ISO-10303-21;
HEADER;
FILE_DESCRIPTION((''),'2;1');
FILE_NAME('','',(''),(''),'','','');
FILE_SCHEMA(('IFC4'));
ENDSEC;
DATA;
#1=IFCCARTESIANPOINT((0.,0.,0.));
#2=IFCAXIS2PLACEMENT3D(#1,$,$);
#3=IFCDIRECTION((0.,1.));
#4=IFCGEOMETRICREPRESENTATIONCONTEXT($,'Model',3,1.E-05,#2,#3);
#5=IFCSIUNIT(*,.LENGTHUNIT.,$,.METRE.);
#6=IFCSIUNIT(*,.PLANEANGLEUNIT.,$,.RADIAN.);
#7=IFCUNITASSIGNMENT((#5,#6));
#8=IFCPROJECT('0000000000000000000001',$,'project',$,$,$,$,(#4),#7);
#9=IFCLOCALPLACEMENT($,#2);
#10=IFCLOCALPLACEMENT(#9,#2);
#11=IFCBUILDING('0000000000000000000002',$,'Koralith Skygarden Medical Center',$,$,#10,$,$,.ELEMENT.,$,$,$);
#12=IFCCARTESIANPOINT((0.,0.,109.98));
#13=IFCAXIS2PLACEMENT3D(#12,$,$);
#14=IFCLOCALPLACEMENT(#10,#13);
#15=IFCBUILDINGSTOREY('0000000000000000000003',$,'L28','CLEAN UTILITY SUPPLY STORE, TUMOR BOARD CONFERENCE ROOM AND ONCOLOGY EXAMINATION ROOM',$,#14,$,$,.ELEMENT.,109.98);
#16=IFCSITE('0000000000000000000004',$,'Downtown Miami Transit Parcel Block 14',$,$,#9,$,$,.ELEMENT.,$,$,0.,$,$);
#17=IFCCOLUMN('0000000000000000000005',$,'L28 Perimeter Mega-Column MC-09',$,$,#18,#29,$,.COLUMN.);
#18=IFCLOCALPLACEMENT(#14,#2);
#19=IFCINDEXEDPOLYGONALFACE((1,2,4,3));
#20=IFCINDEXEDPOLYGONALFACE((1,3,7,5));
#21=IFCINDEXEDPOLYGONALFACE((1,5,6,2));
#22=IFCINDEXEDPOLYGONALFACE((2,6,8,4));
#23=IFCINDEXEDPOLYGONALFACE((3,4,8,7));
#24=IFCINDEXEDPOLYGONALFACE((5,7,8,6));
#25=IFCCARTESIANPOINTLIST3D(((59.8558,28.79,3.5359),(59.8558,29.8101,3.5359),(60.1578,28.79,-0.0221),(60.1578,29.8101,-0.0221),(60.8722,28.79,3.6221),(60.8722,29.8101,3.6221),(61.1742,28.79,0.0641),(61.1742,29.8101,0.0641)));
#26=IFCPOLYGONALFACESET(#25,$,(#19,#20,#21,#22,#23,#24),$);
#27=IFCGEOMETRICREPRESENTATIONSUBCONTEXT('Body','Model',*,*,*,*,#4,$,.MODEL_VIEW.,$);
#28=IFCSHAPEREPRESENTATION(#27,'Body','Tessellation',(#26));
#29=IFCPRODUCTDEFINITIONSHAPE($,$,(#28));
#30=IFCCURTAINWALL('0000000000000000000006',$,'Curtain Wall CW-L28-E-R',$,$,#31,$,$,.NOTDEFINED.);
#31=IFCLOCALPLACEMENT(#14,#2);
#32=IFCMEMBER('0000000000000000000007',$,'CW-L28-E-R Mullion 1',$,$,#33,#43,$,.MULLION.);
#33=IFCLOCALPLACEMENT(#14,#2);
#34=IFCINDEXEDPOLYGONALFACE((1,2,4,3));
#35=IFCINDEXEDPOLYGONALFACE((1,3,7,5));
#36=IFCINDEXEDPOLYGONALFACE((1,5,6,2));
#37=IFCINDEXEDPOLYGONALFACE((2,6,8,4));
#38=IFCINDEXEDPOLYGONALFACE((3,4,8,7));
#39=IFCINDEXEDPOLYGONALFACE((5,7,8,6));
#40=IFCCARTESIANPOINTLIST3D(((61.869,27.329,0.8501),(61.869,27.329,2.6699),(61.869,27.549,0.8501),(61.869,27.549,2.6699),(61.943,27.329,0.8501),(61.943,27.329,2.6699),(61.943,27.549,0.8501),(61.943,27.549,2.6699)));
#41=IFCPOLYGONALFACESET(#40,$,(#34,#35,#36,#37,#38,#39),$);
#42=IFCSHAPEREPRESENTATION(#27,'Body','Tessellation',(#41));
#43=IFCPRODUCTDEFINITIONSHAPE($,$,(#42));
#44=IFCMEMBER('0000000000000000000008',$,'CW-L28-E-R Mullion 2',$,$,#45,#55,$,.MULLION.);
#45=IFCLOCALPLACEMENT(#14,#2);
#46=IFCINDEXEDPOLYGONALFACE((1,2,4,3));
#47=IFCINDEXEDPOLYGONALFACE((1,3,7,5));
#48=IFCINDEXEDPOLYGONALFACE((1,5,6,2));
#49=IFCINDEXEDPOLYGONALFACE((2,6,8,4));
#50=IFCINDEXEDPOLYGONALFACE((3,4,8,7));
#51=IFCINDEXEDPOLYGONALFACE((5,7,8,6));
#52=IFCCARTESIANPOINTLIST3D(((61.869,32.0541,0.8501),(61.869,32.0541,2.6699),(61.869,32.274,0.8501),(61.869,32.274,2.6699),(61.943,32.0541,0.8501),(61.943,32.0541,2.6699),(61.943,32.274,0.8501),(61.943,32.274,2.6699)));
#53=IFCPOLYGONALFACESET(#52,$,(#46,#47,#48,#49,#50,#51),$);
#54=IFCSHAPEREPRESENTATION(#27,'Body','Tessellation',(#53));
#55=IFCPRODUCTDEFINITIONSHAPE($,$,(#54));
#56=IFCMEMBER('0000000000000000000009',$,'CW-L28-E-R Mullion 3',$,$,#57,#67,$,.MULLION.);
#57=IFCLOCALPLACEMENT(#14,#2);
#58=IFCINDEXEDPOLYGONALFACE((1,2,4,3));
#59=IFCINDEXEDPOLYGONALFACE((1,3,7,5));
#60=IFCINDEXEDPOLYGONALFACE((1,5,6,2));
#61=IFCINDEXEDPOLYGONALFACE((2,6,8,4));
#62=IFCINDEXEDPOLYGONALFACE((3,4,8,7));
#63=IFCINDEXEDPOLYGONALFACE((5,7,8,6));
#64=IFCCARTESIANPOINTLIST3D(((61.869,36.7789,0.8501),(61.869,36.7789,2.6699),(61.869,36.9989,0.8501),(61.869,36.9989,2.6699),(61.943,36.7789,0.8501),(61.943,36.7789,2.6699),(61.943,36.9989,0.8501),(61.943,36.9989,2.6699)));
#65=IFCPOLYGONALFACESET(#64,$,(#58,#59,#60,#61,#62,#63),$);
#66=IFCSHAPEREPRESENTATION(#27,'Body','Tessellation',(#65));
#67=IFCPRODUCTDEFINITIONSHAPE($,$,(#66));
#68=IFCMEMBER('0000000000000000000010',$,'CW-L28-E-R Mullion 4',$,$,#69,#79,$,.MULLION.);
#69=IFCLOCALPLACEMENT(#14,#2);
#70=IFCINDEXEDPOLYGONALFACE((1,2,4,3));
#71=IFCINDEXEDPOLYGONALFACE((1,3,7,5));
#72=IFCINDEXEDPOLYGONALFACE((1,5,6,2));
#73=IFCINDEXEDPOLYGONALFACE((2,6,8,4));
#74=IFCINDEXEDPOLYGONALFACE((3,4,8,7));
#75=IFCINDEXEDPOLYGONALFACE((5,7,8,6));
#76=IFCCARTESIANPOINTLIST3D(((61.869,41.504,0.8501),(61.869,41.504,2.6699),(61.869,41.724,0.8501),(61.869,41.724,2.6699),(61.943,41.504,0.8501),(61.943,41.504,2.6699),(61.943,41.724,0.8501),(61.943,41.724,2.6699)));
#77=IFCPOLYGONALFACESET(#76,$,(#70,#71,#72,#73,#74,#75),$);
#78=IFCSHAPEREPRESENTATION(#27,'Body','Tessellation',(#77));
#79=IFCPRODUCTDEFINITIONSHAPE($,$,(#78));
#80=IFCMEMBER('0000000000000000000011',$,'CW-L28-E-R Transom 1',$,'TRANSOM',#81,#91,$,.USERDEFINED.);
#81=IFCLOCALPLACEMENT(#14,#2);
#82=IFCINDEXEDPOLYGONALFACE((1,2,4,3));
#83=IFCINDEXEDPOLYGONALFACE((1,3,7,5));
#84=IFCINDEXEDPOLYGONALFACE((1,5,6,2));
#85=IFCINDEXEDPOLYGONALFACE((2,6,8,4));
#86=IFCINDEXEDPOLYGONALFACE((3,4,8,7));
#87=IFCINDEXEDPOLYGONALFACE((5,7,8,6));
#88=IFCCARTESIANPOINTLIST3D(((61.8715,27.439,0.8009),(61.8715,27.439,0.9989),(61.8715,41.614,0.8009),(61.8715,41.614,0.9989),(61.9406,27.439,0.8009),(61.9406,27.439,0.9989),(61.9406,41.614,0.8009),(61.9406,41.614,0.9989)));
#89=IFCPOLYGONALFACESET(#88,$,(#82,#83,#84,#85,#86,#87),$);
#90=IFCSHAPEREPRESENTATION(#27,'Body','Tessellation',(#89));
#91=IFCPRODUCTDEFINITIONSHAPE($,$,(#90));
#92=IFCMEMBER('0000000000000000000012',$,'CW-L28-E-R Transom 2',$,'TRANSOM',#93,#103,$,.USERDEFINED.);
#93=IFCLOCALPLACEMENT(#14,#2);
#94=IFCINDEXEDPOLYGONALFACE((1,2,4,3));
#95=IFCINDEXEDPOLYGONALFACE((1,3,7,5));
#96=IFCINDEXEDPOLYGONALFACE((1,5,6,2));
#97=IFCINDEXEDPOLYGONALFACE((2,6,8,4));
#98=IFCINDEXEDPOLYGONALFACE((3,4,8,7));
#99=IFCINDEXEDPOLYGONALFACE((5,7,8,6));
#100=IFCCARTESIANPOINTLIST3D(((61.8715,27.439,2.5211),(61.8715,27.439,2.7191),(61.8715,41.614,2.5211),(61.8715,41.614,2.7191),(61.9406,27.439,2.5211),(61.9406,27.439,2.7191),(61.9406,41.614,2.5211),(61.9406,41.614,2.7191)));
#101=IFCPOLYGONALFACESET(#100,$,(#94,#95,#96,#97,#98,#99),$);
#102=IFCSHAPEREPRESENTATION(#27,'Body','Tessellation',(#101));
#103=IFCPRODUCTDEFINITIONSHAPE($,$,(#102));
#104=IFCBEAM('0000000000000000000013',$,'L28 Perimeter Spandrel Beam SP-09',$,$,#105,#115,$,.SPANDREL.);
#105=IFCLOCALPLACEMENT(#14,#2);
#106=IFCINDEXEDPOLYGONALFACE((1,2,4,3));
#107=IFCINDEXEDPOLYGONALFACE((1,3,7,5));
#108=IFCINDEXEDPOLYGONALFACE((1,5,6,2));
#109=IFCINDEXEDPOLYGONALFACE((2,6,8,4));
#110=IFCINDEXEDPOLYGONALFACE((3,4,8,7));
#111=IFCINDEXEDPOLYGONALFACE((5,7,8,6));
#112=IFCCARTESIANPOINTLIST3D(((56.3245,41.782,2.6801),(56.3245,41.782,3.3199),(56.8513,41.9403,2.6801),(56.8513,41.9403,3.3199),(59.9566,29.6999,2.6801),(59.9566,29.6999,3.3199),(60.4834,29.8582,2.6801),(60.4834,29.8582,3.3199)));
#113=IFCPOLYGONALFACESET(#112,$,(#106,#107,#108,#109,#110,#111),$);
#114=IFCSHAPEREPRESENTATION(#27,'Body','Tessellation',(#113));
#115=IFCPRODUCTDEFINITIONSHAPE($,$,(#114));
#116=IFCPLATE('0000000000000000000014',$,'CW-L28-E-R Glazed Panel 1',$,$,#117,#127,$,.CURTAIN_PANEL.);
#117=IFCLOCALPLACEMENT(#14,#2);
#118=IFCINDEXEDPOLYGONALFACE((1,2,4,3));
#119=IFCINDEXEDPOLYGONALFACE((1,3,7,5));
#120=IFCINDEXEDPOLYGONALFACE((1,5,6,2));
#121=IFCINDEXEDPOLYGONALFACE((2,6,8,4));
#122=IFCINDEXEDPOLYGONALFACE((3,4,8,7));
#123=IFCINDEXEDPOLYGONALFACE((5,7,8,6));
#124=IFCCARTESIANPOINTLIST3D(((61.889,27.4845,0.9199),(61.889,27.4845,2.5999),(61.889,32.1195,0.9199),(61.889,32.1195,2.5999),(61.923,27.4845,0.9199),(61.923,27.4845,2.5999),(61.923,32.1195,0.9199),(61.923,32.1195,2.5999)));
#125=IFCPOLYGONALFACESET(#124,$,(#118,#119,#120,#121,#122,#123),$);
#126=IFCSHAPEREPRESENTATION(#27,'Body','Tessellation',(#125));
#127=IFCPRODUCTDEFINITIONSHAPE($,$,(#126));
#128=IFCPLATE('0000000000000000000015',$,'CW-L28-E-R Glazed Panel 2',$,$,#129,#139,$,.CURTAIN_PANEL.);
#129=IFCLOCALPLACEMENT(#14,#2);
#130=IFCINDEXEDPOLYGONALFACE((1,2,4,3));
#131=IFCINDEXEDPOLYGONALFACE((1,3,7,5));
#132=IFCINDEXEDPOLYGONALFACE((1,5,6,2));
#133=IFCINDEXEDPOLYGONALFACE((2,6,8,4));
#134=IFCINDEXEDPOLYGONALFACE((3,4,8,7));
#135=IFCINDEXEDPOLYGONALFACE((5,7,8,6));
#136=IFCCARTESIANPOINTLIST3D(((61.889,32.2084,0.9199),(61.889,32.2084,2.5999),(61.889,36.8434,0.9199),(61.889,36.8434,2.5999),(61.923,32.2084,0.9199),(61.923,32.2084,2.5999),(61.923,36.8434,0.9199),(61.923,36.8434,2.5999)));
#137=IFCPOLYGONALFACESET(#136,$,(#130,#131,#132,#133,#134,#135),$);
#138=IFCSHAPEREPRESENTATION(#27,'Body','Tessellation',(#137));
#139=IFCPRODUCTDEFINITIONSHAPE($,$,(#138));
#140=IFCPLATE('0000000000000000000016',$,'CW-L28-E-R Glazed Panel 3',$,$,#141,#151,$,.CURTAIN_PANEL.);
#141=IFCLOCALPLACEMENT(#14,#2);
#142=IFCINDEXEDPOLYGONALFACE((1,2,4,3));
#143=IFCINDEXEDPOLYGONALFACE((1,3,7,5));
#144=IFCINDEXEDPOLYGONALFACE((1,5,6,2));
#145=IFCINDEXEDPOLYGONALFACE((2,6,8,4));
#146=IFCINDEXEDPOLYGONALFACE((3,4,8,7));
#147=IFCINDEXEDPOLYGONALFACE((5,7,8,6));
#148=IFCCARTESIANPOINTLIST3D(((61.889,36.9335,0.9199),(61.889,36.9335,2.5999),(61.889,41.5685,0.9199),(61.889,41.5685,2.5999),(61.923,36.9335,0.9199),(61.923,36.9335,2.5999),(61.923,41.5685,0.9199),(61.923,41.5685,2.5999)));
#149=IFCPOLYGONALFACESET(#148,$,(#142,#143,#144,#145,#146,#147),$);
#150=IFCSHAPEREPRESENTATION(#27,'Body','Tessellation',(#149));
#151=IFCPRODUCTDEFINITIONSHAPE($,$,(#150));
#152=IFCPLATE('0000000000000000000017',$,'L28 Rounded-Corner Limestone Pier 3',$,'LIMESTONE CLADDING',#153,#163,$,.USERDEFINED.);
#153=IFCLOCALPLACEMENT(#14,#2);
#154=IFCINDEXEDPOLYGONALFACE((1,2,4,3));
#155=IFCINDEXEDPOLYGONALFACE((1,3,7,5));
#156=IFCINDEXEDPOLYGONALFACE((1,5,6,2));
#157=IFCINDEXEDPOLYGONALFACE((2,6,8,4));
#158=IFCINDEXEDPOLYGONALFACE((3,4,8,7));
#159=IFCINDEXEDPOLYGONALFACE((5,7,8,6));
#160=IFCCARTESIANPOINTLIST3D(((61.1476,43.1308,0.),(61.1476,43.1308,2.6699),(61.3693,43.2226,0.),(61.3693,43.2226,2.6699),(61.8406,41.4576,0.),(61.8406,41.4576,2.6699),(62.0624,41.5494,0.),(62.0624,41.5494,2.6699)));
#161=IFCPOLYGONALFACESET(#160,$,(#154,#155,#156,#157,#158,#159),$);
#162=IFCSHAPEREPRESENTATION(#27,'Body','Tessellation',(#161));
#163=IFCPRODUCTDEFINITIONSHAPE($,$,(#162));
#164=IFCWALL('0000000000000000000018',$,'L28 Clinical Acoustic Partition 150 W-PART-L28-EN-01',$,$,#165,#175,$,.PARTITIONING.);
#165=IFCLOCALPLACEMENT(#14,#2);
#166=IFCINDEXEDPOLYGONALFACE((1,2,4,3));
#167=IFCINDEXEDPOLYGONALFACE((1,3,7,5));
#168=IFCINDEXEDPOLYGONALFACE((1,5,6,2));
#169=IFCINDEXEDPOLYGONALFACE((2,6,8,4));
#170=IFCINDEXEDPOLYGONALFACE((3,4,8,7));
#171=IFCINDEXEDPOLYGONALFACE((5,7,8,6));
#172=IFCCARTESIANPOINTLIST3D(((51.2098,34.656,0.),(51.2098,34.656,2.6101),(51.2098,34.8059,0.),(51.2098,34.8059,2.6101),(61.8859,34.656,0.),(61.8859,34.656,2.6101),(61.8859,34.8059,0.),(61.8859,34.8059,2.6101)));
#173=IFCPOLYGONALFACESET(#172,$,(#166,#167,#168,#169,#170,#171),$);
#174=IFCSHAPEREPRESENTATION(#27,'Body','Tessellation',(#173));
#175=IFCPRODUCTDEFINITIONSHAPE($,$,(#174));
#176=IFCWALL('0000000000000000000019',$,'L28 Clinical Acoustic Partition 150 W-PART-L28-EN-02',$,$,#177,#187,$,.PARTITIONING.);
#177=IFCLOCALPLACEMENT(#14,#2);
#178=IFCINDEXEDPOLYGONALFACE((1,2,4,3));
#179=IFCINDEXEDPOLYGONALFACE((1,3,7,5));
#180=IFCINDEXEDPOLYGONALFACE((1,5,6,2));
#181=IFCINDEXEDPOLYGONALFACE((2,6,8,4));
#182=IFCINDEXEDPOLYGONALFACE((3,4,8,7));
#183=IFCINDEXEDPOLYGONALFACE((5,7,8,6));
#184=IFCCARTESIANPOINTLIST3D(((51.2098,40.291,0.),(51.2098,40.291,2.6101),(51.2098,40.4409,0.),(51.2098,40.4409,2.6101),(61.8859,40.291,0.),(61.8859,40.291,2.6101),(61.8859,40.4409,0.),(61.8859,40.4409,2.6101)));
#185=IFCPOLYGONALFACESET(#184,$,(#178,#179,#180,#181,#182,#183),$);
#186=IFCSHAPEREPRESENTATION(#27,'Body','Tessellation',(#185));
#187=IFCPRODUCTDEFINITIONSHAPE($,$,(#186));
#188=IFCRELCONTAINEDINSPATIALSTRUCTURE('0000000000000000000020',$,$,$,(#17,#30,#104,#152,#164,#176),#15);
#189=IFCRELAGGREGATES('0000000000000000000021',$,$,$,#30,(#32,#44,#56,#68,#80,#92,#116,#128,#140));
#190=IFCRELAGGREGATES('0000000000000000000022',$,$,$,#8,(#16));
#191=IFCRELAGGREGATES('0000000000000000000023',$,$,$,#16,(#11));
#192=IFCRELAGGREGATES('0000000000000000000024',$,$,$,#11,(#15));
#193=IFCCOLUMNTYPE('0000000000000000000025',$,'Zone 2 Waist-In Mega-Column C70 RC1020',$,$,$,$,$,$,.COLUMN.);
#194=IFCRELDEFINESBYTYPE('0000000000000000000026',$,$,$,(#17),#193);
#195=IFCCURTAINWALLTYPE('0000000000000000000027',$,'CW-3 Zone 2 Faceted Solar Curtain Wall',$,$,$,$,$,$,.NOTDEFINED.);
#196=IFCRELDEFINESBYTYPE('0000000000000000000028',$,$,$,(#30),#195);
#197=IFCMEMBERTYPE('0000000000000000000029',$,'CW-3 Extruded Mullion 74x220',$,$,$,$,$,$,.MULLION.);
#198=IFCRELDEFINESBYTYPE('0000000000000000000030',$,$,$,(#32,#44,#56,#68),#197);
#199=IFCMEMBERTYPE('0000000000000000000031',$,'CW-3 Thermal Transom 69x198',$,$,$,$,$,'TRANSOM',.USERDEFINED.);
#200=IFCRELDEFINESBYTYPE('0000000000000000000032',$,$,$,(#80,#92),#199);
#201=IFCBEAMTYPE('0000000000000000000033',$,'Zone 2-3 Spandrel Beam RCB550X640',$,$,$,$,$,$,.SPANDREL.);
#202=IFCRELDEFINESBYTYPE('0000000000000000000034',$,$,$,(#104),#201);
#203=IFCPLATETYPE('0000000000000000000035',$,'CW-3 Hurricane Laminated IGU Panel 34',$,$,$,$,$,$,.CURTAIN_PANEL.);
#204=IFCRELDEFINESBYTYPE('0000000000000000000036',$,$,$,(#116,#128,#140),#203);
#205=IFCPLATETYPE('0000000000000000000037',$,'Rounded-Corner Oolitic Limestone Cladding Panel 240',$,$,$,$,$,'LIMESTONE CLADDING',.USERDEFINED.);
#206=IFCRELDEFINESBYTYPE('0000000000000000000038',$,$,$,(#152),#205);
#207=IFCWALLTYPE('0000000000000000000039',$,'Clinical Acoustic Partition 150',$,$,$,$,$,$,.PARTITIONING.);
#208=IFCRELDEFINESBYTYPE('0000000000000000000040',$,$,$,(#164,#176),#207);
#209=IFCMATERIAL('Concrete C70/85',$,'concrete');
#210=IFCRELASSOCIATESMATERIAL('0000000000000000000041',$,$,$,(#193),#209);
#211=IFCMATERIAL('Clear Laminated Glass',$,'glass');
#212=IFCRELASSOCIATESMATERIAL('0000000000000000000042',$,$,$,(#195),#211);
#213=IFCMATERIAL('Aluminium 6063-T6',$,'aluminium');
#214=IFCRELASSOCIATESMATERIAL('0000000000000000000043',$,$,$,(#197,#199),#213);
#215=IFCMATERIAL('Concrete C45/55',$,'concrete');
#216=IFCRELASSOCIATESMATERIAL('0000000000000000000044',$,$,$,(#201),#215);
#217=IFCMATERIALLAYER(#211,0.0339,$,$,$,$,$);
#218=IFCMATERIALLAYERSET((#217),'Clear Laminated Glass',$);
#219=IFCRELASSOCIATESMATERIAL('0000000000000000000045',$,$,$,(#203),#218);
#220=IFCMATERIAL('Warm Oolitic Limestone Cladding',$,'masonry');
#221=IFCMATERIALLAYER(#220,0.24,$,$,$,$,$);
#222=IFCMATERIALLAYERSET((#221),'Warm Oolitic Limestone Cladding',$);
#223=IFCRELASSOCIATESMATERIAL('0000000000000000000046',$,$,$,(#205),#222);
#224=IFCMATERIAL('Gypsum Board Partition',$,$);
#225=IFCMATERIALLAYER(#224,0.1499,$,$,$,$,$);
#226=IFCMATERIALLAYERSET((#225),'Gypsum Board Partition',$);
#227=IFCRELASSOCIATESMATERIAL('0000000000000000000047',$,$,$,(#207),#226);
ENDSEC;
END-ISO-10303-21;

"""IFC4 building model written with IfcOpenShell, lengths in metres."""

from ifc_helpers import new_model, si_unit, direction, frame, frame_2d, origin, origin_2d, place, context, subcontext, project, spatial, rectangle, extrude, material, layer, layer_set, material_profile, profile_set, type_object, element, aggregate, save


model = new_model("IFC4")

# Units and contexts
model_context = context("Model", 3, precision=1e-05, world=origin(), true_north=direction((0.0, 1.0)))
body_context = subcontext(model_context, "Body", "Model", "MODEL_VIEW")
ifc_project = project(units=[si_unit("LENGTHUNIT", "METRE"), si_unit("PLANEANGLEUNIT", "RADIAN")], contexts=[model_context])

# Site, building, storey
site_placement = place(None, origin())
site = spatial("IfcSite", under=ifc_project, at=site_placement, Name="Downtown Miami Transit Parcel Block 14", CompositionType="ELEMENT", RefElevation=0.0)
building_placement = place(site_placement, origin())
building = spatial("IfcBuilding", under=site, at=building_placement, Name="Koralith Skygarden Medical Center", CompositionType="ELEMENT")
storey_placement = place(building_placement, frame((0.0, 0.0, 109.98)))
storey = spatial("IfcBuildingStorey", under=building, at=storey_placement, Name="L28", Description="CLEAN UTILITY SUPPLY STORE, TUMOR BOARD CONFERENCE ROOM AND ONCOLOGY EXAMINATION ROOM", CompositionType="ELEMENT", Elevation=109.98)

# Column
ifc_material_1 = material(Name="Concrete C70/85", Category="concrete")
ifc_material_profile_1 = material_profile(ifc_material_1, rectangle(XDim=1.02, YDim=1.02, at=origin_2d()), Name="RC1020X1020")
ifc_profile_set_1 = profile_set([ifc_material_profile_1], Name="Concrete C70/85")
column_type = type_object("IfcColumnType", Name="Zone 2 Waist-In Mega-Column C70 RC1020", PredefinedType="COLUMN", material=ifc_profile_set_1)
column_placement = place(storey_placement, frame((60.666, 29.3, 0.021), z_axis=(-0.084573, 0.0, 0.996417), x_axis=(0.0, -1.0, 0.0)))
element("IfcColumn", 1, at=column_placement, inside=storey, type_object=column_type, Name="L28 Perimeter Mega-Column MC-09", PredefinedType="COLUMN", context=body_context, shape_type="SweptSolid", body=[
    extrude(rectangle(XDim=1.02, YDim=1.02, at=origin_2d()), origin(), (0.0, 0.0, 1.0), 3.5708),
])

# Curtain wall, members
ifc_material_2 = material(Name="Clear Laminated Glass", Category="glass")
curtain_wall_type = type_object("IfcCurtainWallType", Name="CW-3 Zone 2 Faceted Solar Curtain Wall", PredefinedType="NOTDEFINED", material=ifc_material_2)
curtain_wall_placement = place(storey_placement, origin())
curtain_wall = element("IfcCurtainWall", 2, at=curtain_wall_placement, inside=storey, type_object=curtain_wall_type, Name="Curtain Wall CW-L28-E-R", PredefinedType="NOTDEFINED")
ifc_material_3 = material(Name="Aluminium 6063-T6", Category="aluminium")
ifc_material_profile_2 = material_profile(ifc_material_3, rectangle(XDim=0.074, YDim=0.22, at=origin_2d()), Name="MUL74X220")
ifc_profile_set_2 = profile_set([ifc_material_profile_2], Name="Aluminium 6063-T6")
member_type_1 = type_object("IfcMemberType", Name="CW-3 Extruded Mullion 74x220", PredefinedType="MULLION", material=ifc_profile_set_2)
member_1_placement = place(storey_placement, frame((61.906, 27.439, 0.8501), z_axis=(0.0, 0.0, 1.0), x_axis=(1.0, 0.0, 0.0)))
member_1 = element("IfcMember", 3, at=member_1_placement, type_object=member_type_1, Name="CW-L28-E-R Mullion 1", PredefinedType="MULLION", context=body_context, shape_type="SweptSolid", body=[
    extrude(rectangle(XDim=0.074, YDim=0.22, at=origin_2d()), origin(), (0.0, 0.0, 1.0), 1.8198),
])
member_2_placement = place(storey_placement, frame((61.906, 32.1641, 0.8501), z_axis=(0.0, 0.0, 1.0), x_axis=(1.0, 0.0, 0.0)))
member_2 = element("IfcMember", 4, at=member_2_placement, type_object=member_type_1, Name="CW-L28-E-R Mullion 2", PredefinedType="MULLION", context=body_context, shape_type="SweptSolid", body=[
    extrude(rectangle(XDim=0.074, YDim=0.22, at=origin_2d()), origin(), (0.0, 0.0, 1.0), 1.8198),
])
member_3_placement = place(storey_placement, frame((61.906, 36.8889, 0.8501), z_axis=(0.0, 0.0, 1.0), x_axis=(1.0, 0.0, 0.0)))
member_3 = element("IfcMember", 5, at=member_3_placement, type_object=member_type_1, Name="CW-L28-E-R Mullion 3", PredefinedType="MULLION", context=body_context, shape_type="SweptSolid", body=[
    extrude(rectangle(XDim=0.074, YDim=0.22, at=origin_2d()), origin(), (0.0, 0.0, 1.0), 1.8198),
])
member_4_placement = place(storey_placement, frame((61.906, 41.614, 0.8501), z_axis=(0.0, 0.0, 1.0), x_axis=(1.0, 0.0, 0.0)))
member_4 = element("IfcMember", 6, at=member_4_placement, type_object=member_type_1, Name="CW-L28-E-R Mullion 4", PredefinedType="MULLION", context=body_context, shape_type="SweptSolid", body=[
    extrude(rectangle(XDim=0.074, YDim=0.22, at=origin_2d()), origin(), (0.0, 0.0, 1.0), 1.8198),
])
ifc_material_profile_3 = material_profile(ifc_material_3, rectangle(XDim=0.0691, YDim=0.198, at=origin_2d()), Name="TRN69X198")
ifc_profile_set_3 = profile_set([ifc_material_profile_3], Name="Aluminium 6063-T6")
member_type_2 = type_object("IfcMemberType", Name="CW-3 Thermal Transom 69x198", ElementType="TRANSOM", PredefinedType="USERDEFINED", material=ifc_profile_set_3)
member_5_placement = place(storey_placement, frame((61.906, 27.439, 0.8999), z_axis=(0.0, 1.0, 0.0), x_axis=(-1.0, 0.0, 0.0)))
member_5 = element("IfcMember", 7, at=member_5_placement, type_object=member_type_2, Name="CW-L28-E-R Transom 1", ObjectType="TRANSOM", PredefinedType="USERDEFINED", context=body_context, shape_type="SweptSolid", body=[
    extrude(rectangle(XDim=0.0691, YDim=0.198, at=origin_2d()), origin(), (0.0, 0.0, 1.0), 14.175),
])
member_6_placement = place(storey_placement, frame((61.906, 27.439, 2.6201), z_axis=(0.0, 1.0, 0.0), x_axis=(-1.0, 0.0, 0.0)))
member_6 = element("IfcMember", 8, at=member_6_placement, type_object=member_type_2, Name="CW-L28-E-R Transom 2", ObjectType="TRANSOM", PredefinedType="USERDEFINED", context=body_context, shape_type="SweptSolid", body=[
    extrude(rectangle(XDim=0.0691, YDim=0.198, at=origin_2d()), origin(), (0.0, 0.0, 1.0), 14.175),
])

# Beam
ifc_material_4 = material(Name="Concrete C45/55", Category="concrete")
ifc_material_profile_4 = material_profile(ifc_material_4, rectangle(XDim=0.55, YDim=0.6399, at=origin_2d()), Name="RCB550X640")
ifc_profile_set_4 = profile_set([ifc_material_profile_4], Name="Concrete C45/55")
beam_type = type_object("IfcBeamType", Name="Zone 2-3 Spandrel Beam RCB550X640", PredefinedType="SPANDREL", material=ifc_profile_set_4)
beam_placement = place(storey_placement, frame((60.22, 29.7791, 3.0), z_axis=(-0.287891, 0.957663, 0.0), x_axis=(-0.957663, -0.287891, 0.0)))
element("IfcBeam", 9, at=beam_placement, inside=storey, type_object=beam_type, Name="L28 Perimeter Spandrel Beam SP-09", PredefinedType="SPANDREL", context=body_context, shape_type="SweptSolid", body=[
    extrude(rectangle(XDim=0.55, YDim=0.6399, at=origin_2d()), origin(), (0.0, 0.0, 1.0), 12.6162),
])

# Plates
ifc_layer_1 = layer(ifc_material_2, 0.0339)
ifc_layer_set_1 = layer_set([ifc_layer_1], Name="Clear Laminated Glass")
plate_type_1 = type_object("IfcPlateType", Name="CW-3 Hurricane Laminated IGU Panel 34", PredefinedType="CURTAIN_PANEL", material=ifc_layer_set_1)
plate_1_placement = place(storey_placement, frame((61.906, 29.802, 0.9199), z_axis=(0.0, 0.0, 1.0), x_axis=(0.0, 1.0, 0.0)))
plate_1 = element("IfcPlate", 10, at=plate_1_placement, type_object=plate_type_1, Name="CW-L28-E-R Glazed Panel 1", PredefinedType="CURTAIN_PANEL", context=body_context, shape_type="SweptSolid", body=[
    extrude(rectangle(XDim=4.635, YDim=0.0339, at=origin_2d()), origin(), (0.0, 0.0, 1.0), 1.6799),
])
plate_2_placement = place(storey_placement, frame((61.906, 34.5259, 0.9199), z_axis=(0.0, 0.0, 1.0), x_axis=(0.0, 1.0, 0.0)))
plate_2 = element("IfcPlate", 11, at=plate_2_placement, type_object=plate_type_1, Name="CW-L28-E-R Glazed Panel 2", PredefinedType="CURTAIN_PANEL", context=body_context, shape_type="SweptSolid", body=[
    extrude(rectangle(XDim=4.635, YDim=0.0339, at=origin_2d()), origin(), (0.0, 0.0, 1.0), 1.6799),
])
plate_3_placement = place(storey_placement, frame((61.906, 39.251, 0.9199), z_axis=(0.0, 0.0, 1.0), x_axis=(0.0, 1.0, 0.0)))
plate_3 = element("IfcPlate", 12, at=plate_3_placement, type_object=plate_type_1, Name="CW-L28-E-R Glazed Panel 3", PredefinedType="CURTAIN_PANEL", context=body_context, shape_type="SweptSolid", body=[
    extrude(rectangle(XDim=4.635, YDim=0.0339, at=origin_2d()), origin(), (0.0, 0.0, 1.0), 1.6799),
])
aggregate(curtain_wall, [member_1, member_2, member_3, member_4, member_5, member_6, plate_1, plate_2, plate_3])
ifc_material_5 = material(Name="Warm Oolitic Limestone Cladding", Category="masonry")
ifc_layer_2 = layer(ifc_material_5, 0.24)
ifc_layer_set_2 = layer_set([ifc_layer_2], Name="Warm Oolitic Limestone Cladding")
plate_type_2 = type_object("IfcPlateType", Name="Rounded-Corner Oolitic Limestone Cladding Panel 240", ElementType="LIMESTONE CLADDING", PredefinedType="USERDEFINED", material=ifc_layer_set_2)
plate_4_placement = place(storey_placement, frame((61.605, 42.3401, 0.0), z_axis=(0.0, 0.0, 1.0), x_axis=(-0.382671, 0.923885, 0.0)))
element("IfcPlate", 13, at=plate_4_placement, inside=storey, type_object=plate_type_2, Name="L28 Rounded-Corner Limestone Pier 3", ObjectType="LIMESTONE CLADDING", PredefinedType="USERDEFINED", context=body_context, shape_type="SweptSolid", body=[
    extrude(rectangle(XDim=1.811, YDim=0.24, at=origin_2d()), origin(), (0.0, 0.0, 1.0), 2.6699),
])

# Walls
ifc_material_6 = material(Name="Gypsum Board Partition")
ifc_layer_3 = layer(ifc_material_6, 0.1499)
ifc_layer_set_3 = layer_set([ifc_layer_3], Name="Gypsum Board Partition")
wall_type_1 = type_object("IfcWallType", Name="Clinical Acoustic Partition 150", PredefinedType="PARTITIONING", material=ifc_layer_set_3)
for number, where, z_axis, x_axis, name in (
    (14, (51.21, 34.731, 0.0), (0.0, 0.0, 1.0), (1.0, 0.0, 0.0), "L28 Clinical Acoustic Partition 150 W-PART-L28-EN-01"),
    (15, (51.21, 40.366, 0.0), (0.0, 0.0, 1.0), (1.0, 0.0, 0.0), "L28 Clinical Acoustic Partition 150 W-PART-L28-EN-02"),
):
    element("IfcWall", number, at=place(storey_placement, frame(where, z_axis=z_axis, x_axis=x_axis)), inside=storey, type_object=wall_type_1, Name=name, PredefinedType="PARTITIONING", context=body_context, shape_type="SweptSolid", body=[
        extrude(rectangle(XDim=10.676, YDim=0.1499, at=frame_2d((5.3379, 0.0))), origin(), (0.0, 0.0, 1.0), 2.6101),
    ])

save(model, "model.ifc")
